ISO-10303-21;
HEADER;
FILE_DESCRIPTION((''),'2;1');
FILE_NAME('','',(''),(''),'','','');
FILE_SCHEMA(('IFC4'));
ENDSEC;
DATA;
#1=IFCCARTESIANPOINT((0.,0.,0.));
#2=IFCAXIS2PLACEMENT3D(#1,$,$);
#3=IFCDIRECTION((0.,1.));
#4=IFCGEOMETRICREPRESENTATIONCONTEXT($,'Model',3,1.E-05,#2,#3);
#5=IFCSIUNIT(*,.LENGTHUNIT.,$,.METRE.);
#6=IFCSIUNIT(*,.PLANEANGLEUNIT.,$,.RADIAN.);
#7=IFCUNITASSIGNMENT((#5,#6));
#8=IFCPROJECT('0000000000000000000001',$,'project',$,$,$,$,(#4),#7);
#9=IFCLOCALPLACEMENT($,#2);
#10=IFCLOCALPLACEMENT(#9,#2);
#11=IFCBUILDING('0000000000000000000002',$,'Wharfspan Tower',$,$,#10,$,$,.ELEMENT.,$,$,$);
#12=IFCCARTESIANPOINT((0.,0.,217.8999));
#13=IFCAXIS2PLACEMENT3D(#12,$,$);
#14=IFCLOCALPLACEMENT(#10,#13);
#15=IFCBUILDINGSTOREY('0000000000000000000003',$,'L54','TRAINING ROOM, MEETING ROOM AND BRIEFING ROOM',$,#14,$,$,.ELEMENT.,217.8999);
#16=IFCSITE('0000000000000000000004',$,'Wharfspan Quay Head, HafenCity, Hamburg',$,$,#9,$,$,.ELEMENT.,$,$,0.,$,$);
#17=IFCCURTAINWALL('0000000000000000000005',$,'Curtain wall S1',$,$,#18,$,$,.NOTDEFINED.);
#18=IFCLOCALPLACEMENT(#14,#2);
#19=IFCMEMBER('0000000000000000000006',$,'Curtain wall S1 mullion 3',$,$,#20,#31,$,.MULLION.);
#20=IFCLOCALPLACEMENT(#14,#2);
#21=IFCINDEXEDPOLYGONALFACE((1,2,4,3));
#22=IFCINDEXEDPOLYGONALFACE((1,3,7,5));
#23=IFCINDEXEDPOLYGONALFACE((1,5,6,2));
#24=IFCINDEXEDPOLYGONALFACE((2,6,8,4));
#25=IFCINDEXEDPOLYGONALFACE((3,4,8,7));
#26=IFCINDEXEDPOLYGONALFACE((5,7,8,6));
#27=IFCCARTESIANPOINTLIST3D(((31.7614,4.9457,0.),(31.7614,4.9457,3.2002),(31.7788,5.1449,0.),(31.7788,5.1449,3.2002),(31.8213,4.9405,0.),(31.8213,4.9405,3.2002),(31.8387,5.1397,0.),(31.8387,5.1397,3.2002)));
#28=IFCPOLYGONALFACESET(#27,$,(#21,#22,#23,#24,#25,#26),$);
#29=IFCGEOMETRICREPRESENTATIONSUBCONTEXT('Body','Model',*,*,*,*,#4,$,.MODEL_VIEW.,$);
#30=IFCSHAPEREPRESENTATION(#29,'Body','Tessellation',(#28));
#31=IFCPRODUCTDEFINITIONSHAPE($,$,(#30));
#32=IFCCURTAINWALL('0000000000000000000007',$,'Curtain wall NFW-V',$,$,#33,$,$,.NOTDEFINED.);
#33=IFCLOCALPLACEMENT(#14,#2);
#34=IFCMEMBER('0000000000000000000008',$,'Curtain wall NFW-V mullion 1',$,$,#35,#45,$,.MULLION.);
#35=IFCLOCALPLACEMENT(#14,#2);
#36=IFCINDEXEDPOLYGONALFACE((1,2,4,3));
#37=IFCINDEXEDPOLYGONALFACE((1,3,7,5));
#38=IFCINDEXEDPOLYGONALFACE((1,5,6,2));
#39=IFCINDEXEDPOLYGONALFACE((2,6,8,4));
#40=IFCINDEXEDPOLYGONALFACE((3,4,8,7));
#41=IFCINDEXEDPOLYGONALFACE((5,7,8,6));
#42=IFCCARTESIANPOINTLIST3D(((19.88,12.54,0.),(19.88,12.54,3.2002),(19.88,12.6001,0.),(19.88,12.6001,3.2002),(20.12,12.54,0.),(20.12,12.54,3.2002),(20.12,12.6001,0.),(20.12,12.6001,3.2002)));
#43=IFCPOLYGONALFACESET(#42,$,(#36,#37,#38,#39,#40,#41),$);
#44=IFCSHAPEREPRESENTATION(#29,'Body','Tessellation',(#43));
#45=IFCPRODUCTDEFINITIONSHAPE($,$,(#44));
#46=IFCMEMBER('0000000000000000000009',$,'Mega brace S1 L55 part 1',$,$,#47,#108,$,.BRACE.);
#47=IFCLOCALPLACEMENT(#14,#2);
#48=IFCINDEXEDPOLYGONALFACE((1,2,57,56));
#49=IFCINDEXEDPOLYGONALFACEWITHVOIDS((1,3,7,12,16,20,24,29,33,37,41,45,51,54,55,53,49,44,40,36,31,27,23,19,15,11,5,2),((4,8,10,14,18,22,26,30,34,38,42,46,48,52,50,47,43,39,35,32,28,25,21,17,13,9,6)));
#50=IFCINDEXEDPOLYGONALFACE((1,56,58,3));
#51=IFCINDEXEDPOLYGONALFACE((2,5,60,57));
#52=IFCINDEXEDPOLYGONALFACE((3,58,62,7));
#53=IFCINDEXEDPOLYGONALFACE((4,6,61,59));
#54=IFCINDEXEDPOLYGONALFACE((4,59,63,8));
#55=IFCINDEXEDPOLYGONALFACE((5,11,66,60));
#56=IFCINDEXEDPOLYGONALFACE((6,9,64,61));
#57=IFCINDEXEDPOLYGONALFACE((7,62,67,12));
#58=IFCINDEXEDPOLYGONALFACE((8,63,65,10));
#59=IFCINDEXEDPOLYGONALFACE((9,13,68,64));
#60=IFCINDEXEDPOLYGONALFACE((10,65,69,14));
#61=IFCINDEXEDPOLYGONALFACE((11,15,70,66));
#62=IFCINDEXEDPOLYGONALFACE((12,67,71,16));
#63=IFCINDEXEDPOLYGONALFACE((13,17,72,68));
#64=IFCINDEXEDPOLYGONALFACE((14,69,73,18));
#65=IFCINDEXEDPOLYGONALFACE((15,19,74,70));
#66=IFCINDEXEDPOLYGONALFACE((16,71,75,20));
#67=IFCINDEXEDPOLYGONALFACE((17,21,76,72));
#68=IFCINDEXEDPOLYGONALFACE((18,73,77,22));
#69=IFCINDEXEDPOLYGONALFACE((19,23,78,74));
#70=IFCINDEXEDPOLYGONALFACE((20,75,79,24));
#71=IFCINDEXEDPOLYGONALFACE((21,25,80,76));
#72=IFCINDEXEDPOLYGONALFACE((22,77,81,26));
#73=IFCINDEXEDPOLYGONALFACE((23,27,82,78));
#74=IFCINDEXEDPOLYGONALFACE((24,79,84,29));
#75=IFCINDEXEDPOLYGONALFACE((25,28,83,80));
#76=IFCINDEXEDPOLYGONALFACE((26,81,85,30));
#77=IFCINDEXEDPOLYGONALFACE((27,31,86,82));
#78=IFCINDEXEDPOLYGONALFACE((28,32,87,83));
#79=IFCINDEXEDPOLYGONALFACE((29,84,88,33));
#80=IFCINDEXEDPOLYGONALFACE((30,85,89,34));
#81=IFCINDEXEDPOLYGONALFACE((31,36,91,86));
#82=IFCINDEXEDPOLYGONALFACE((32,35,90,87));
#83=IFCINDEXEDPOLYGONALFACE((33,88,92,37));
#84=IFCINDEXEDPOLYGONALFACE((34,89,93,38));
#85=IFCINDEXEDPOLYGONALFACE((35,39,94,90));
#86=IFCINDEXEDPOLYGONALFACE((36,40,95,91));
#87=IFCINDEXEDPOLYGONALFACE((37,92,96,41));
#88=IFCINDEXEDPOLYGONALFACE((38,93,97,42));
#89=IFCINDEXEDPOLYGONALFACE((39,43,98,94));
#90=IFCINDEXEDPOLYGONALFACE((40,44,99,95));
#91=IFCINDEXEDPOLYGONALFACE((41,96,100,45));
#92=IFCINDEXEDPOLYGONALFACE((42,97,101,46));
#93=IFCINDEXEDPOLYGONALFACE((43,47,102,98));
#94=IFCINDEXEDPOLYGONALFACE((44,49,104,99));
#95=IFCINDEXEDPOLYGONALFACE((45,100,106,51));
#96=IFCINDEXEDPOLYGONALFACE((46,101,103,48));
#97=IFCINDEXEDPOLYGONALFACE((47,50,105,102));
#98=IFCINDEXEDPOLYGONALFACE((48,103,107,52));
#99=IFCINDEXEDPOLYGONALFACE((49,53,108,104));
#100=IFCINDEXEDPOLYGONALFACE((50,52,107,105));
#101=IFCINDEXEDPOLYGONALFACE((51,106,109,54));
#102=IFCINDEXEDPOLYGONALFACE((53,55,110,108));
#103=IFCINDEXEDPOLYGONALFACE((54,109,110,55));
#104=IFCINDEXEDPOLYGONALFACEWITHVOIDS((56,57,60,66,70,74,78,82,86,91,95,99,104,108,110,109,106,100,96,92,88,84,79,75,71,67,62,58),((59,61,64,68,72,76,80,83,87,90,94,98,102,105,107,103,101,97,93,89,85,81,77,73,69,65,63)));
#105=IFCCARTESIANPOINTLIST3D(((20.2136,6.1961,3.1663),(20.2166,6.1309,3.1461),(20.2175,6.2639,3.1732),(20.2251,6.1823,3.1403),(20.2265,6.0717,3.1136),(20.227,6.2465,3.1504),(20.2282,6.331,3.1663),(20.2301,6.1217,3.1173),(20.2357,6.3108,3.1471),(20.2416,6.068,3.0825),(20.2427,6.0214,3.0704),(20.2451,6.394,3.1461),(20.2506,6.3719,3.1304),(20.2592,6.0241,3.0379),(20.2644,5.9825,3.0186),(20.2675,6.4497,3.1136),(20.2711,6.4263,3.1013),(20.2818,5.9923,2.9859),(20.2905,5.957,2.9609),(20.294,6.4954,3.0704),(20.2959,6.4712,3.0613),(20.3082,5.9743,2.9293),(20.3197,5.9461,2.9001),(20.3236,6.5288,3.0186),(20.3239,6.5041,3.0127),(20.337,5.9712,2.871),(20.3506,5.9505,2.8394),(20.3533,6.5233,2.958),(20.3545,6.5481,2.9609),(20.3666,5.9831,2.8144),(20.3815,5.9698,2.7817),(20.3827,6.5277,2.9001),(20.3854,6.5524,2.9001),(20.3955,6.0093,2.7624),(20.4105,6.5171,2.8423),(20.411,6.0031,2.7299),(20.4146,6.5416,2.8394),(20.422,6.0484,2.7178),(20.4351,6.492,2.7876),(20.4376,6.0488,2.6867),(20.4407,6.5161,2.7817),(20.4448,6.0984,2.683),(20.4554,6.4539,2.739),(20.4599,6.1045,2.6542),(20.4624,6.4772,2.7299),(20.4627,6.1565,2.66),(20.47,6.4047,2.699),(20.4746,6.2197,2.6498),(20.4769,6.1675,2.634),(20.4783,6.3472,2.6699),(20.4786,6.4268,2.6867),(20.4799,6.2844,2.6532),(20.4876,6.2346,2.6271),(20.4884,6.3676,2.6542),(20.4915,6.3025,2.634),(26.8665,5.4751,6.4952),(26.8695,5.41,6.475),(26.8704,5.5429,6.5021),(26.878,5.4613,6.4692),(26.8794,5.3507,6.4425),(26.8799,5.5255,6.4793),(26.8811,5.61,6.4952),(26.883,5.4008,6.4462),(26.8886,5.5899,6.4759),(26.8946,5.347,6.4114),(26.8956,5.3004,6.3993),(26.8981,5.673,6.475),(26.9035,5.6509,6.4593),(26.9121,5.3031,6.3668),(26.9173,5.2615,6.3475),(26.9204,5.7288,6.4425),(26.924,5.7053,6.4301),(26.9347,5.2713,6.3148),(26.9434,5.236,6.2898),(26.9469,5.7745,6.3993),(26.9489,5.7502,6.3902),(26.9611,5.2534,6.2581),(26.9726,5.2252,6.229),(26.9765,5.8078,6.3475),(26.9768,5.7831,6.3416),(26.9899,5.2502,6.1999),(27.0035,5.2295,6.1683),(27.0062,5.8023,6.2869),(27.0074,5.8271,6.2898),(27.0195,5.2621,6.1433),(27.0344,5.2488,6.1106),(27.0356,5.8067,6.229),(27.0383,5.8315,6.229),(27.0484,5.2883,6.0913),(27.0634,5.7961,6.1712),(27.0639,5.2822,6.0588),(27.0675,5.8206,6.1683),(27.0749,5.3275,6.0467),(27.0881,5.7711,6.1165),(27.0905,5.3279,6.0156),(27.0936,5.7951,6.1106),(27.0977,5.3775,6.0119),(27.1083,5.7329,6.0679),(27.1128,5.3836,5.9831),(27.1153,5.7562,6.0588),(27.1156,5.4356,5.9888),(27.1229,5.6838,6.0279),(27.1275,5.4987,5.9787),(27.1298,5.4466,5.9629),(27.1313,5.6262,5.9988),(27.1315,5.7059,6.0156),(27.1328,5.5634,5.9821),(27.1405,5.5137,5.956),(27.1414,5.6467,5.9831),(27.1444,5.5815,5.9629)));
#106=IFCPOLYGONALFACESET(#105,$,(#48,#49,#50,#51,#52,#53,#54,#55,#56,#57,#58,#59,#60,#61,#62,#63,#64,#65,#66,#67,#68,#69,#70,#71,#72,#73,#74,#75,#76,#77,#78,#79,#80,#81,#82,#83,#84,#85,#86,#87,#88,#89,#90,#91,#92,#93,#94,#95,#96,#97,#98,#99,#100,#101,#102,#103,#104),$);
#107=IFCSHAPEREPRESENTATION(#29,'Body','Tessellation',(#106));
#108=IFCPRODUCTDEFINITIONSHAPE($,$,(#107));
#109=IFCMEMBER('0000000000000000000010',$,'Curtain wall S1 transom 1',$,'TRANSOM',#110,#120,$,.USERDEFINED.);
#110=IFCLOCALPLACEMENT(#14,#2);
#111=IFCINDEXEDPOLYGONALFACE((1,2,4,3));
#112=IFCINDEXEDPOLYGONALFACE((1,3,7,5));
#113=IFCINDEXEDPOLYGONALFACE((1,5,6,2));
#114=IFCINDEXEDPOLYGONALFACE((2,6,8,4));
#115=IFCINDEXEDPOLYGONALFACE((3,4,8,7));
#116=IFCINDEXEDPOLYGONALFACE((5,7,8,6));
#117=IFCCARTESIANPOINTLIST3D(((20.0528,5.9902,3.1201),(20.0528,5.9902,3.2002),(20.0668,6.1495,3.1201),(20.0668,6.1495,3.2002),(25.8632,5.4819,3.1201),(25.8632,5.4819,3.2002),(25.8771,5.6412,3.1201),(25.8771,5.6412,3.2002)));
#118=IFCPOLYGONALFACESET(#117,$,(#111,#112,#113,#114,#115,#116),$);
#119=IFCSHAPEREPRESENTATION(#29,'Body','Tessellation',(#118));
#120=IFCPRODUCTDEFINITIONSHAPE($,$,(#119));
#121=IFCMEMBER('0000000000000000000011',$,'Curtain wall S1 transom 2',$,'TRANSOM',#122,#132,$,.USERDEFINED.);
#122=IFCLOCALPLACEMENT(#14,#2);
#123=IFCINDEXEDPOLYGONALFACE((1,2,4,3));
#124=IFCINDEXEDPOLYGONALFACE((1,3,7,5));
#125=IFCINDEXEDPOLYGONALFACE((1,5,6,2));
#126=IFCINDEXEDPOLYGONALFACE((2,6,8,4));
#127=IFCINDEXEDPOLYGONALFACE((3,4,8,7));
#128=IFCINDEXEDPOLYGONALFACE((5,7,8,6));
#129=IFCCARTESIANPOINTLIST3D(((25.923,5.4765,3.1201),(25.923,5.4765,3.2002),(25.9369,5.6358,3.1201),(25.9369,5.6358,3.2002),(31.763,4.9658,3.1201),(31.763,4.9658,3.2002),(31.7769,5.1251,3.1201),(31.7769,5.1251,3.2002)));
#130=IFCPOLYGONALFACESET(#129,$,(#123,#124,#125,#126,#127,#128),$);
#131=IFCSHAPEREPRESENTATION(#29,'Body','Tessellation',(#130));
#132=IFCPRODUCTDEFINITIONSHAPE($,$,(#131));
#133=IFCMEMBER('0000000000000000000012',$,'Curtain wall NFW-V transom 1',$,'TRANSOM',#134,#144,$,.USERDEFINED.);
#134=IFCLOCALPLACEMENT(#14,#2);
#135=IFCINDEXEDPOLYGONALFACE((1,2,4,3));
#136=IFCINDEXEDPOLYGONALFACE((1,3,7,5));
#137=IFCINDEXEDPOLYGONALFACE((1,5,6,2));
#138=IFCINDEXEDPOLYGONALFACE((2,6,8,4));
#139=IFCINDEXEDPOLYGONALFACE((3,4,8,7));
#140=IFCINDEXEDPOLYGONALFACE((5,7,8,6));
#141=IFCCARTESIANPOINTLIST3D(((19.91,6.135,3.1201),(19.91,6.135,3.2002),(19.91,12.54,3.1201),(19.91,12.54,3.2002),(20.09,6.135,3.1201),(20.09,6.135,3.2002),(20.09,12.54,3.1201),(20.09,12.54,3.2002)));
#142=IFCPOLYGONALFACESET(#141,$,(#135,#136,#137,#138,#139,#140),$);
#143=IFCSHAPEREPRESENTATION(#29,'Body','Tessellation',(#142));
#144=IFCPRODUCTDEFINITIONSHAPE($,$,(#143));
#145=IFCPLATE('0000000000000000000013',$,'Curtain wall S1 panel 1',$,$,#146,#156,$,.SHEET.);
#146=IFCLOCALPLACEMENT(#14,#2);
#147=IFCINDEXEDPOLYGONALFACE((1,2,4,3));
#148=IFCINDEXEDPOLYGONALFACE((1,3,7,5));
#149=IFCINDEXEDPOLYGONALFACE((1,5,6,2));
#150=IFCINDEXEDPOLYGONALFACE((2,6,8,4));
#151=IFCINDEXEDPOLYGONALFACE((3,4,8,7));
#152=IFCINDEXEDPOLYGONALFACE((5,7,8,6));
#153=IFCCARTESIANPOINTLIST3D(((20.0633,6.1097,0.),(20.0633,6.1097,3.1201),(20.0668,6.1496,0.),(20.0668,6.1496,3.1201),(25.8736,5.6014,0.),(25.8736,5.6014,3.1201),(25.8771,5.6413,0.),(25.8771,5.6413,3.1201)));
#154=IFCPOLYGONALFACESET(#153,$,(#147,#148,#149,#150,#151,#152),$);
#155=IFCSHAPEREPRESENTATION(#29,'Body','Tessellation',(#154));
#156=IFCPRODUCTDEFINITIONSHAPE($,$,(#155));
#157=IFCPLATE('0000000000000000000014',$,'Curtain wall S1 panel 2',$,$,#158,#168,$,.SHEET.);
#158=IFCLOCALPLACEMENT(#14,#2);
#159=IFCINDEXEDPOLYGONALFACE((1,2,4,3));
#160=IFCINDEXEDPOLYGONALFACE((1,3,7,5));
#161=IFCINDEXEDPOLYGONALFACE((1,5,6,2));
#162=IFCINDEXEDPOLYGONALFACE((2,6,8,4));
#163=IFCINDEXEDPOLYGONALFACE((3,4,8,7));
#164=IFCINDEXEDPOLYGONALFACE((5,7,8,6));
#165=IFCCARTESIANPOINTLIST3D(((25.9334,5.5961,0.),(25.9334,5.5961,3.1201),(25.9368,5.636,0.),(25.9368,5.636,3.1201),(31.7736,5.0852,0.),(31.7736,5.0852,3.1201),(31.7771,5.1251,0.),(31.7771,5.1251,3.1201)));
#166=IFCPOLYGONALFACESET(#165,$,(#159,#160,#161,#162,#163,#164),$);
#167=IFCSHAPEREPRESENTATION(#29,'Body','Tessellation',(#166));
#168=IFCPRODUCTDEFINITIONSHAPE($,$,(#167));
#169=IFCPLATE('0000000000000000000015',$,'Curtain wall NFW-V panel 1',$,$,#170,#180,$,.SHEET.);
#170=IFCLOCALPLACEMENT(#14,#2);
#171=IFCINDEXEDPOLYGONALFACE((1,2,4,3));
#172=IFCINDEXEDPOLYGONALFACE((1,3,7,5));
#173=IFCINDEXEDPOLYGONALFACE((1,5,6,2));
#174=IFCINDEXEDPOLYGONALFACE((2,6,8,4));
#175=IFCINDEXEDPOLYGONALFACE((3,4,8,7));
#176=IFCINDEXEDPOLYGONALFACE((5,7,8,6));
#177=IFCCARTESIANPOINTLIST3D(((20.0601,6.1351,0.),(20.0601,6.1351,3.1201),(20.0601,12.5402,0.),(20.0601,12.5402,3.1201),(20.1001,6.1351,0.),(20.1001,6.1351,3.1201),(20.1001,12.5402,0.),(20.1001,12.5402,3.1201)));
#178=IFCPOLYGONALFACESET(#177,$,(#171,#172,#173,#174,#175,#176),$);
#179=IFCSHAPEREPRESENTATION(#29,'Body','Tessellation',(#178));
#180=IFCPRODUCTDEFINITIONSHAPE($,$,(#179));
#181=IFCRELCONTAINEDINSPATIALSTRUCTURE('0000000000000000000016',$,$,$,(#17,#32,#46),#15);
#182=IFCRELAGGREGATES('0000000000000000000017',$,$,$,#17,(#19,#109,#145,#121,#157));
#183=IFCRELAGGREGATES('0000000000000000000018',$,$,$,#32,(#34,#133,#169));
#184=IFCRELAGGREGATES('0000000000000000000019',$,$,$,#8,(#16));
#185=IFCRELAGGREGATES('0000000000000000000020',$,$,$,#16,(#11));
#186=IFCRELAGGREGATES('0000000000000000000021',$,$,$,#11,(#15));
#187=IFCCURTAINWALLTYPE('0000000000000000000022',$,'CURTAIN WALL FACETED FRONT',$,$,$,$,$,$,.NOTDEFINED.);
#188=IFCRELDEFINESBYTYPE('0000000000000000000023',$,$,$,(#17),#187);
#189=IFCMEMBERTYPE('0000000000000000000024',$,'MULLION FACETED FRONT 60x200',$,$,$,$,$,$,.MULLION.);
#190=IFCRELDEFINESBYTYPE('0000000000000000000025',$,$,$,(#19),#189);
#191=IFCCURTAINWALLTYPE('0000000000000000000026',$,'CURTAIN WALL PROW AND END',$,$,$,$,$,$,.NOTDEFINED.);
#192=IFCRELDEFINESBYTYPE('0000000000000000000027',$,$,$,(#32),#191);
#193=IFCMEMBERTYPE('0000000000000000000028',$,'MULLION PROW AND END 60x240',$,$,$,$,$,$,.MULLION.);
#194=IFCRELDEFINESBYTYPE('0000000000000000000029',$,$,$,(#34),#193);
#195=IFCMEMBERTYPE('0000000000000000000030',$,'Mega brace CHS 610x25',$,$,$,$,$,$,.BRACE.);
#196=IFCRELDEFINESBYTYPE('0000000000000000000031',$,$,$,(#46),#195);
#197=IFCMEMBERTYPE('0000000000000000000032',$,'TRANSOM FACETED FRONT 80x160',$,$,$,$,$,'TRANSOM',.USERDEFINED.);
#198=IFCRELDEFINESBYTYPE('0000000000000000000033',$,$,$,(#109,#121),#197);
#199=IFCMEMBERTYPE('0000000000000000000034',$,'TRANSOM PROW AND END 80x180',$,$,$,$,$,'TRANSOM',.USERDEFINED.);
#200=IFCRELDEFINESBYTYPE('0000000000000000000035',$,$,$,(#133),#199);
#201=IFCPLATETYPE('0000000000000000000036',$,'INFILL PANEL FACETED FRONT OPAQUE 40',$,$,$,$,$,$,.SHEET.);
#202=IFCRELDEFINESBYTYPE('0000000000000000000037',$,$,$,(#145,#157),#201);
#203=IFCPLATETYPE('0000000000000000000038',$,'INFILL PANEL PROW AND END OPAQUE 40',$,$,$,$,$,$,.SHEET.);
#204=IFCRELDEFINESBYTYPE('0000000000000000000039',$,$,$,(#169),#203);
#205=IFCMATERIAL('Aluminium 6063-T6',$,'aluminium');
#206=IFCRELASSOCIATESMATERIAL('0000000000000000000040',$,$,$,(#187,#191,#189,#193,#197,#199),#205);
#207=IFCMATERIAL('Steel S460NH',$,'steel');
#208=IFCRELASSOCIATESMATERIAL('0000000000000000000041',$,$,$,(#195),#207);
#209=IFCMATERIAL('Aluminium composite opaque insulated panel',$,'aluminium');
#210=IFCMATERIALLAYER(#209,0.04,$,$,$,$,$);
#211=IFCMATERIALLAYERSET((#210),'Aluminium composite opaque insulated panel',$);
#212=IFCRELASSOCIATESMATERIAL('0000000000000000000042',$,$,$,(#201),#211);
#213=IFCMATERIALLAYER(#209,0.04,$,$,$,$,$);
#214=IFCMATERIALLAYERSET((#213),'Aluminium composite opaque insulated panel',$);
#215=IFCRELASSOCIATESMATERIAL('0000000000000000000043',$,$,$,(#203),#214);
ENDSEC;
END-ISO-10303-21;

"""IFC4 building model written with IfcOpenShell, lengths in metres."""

from ifc_helpers import new_model, si_unit, direction, frame, origin, origin_2d, place, context, subcontext, project, spatial, rectangle, hollow_circle, extrude, material, layer, layer_set, material_profile, profile_set, type_object, element, aggregate, save


model = new_model("IFC4")

# Units and contexts
model_context = context("Model", 3, precision=1e-05, world=origin(), true_north=direction((0.0, 1.0)))
body_context = subcontext(model_context, "Body", "Model", "MODEL_VIEW")
ifc_project = project(units=[si_unit("LENGTHUNIT", "METRE"), si_unit("PLANEANGLEUNIT", "RADIAN")], contexts=[model_context])

# Site, building, storey
site_placement = place(None, origin())
site = spatial("IfcSite", under=ifc_project, at=site_placement, Name="Wharfspan Quay Head, HafenCity, Hamburg", CompositionType="ELEMENT", RefElevation=0.0)
building_placement = place(site_placement, origin())
building = spatial("IfcBuilding", under=site, at=building_placement, Name="Wharfspan Tower", CompositionType="ELEMENT")
storey_placement = place(building_placement, frame((0.0, 0.0, 217.8999)))
storey = spatial("IfcBuildingStorey", under=building, at=storey_placement, Name="L54", Description="TRAINING ROOM, MEETING ROOM AND BRIEFING ROOM", CompositionType="ELEMENT", Elevation=217.8999)

# Curtain wall, member
ifc_material_1 = material(Name="Aluminium 6063-T6", Category="aluminium")
curtain_wall_type_1 = type_object("IfcCurtainWallType", Name="CURTAIN WALL FACETED FRONT", PredefinedType="NOTDEFINED", material=ifc_material_1)
curtain_wall_1_placement = place(storey_placement, origin())
curtain_wall_1 = element("IfcCurtainWall", 1, at=curtain_wall_1_placement, inside=storey, type_object=curtain_wall_type_1, Name="Curtain wall S1", PredefinedType="NOTDEFINED")
ifc_material_profile_1 = material_profile(ifc_material_1, rectangle(XDim=0.2, YDim=0.0601, at=origin_2d()))
ifc_profile_set_1 = profile_set([ifc_material_profile_1], Name="Aluminium 6063-T6")
member_type_1 = type_object("IfcMemberType", Name="MULLION FACETED FRONT 60x200", PredefinedType="MULLION", material=ifc_profile_set_1)
member_1_placement = place(storey_placement, frame((31.8, 5.0427, 0.0), z_axis=(0.0, 0.0, 1.0), x_axis=(0.087156, 0.996197, 0.0)))
member_1 = element("IfcMember", 2, at=member_1_placement, type_object=member_type_1, Name="Curtain wall S1 mullion 3", PredefinedType="MULLION", context=body_context, shape_type="SweptSolid", body=[
    extrude(rectangle(XDim=0.2, YDim=0.0601, at=origin_2d()), origin(), (0.0, 0.0, 1.0), 3.2002),
])

# Curtain wall, member
curtain_wall_type_2 = type_object("IfcCurtainWallType", Name="CURTAIN WALL PROW AND END", PredefinedType="NOTDEFINED", material=ifc_material_1)
curtain_wall_2_placement = place(storey_placement, origin())
curtain_wall_2 = element("IfcCurtainWall", 3, at=curtain_wall_2_placement, inside=storey, type_object=curtain_wall_type_2, Name="Curtain wall NFW-V", PredefinedType="NOTDEFINED")
ifc_material_profile_2 = material_profile(ifc_material_1, rectangle(XDim=0.24, YDim=0.0601, at=origin_2d()))
ifc_profile_set_2 = profile_set([ifc_material_profile_2], Name="Aluminium 6063-T6")
member_type_2 = type_object("IfcMemberType", Name="MULLION PROW AND END 60x240", PredefinedType="MULLION", material=ifc_profile_set_2)
member_2_placement = place(storey_placement, frame((20.0, 12.5701, 0.0), z_axis=(0.0, 0.0, 1.0), x_axis=(1.0, 0.0, 0.0)))
member_2 = element("IfcMember", 4, at=member_2_placement, type_object=member_type_2, Name="Curtain wall NFW-V mullion 1", PredefinedType="MULLION", context=body_context, shape_type="SweptSolid", body=[
    extrude(rectangle(XDim=0.24, YDim=0.0601, at=origin_2d()), origin(), (0.0, 0.0, 1.0), 3.2002),
])

# Members
ifc_material_2 = material(Name="Steel S460NH", Category="steel")
ifc_material_profile_3 = material_profile(ifc_material_2, hollow_circle(Radius=0.3049, WallThickness=0.0249, at=origin_2d()))
ifc_profile_set_3 = profile_set([ifc_material_profile_3], Name="Steel S460NH")
member_type_3 = type_object("IfcMemberType", Name="Mega brace CHS 610x25", PredefinedType="BRACE", material=ifc_profile_set_3)
member_3_placement = place(storey_placement, frame((20.3525, 6.2493, 2.9001), z_axis=(0.890126, -0.09646, 0.445389), x_axis=(0.107737, 0.99418, -0.000002)))
element("IfcMember", 5, at=member_3_placement, inside=storey, type_object=member_type_3, Name="Mega brace S1 L55 part 1", PredefinedType="BRACE", context=body_context, shape_type="SweptSolid", body=[
    extrude(hollow_circle(Radius=0.3049, WallThickness=0.0249, at=origin_2d()), origin(), (0.0, 0.0, 1.0), 7.4741),
])
ifc_material_profile_4 = material_profile(ifc_material_1, rectangle(XDim=0.1599, YDim=0.0801, at=origin_2d()))
ifc_profile_set_4 = profile_set([ifc_material_profile_4], Name="Aluminium 6063-T6")
member_type_4 = type_object("IfcMemberType", Name="TRANSOM FACETED FRONT 80x160", ElementType="TRANSOM", PredefinedType="USERDEFINED", material=ifc_profile_set_4)
member_4_placement = place(storey_placement, frame((20.0598, 6.0698, 3.1602), z_axis=(0.996195, -0.08715, 0.0), x_axis=(0.08715, 0.996195, 0.0)))
member_4 = element("IfcMember", 6, at=member_4_placement, type_object=member_type_4, Name="Curtain wall S1 transom 1", ObjectType="TRANSOM", PredefinedType="USERDEFINED", context=body_context, shape_type="SweptSolid", body=[
    extrude(rectangle(XDim=0.1599, YDim=0.0801, at=origin_2d()), origin(), (0.0, 0.0, 1.0), 5.8325),
])
member_5_placement = place(storey_placement, frame((25.9299, 5.5562, 3.1602), z_axis=(0.996198, -0.087122, 0.0), x_axis=(0.087122, 0.996198, 0.0)))
member_5 = element("IfcMember", 7, at=member_5_placement, type_object=member_type_4, Name="Curtain wall S1 transom 2", ObjectType="TRANSOM", PredefinedType="USERDEFINED", context=body_context, shape_type="SweptSolid", body=[
    extrude(rectangle(XDim=0.1599, YDim=0.0801, at=origin_2d()), origin(), (0.0, 0.0, 1.0), 5.8623),
])
ifc_material_profile_5 = material_profile(ifc_material_1, rectangle(XDim=0.1799, YDim=0.0801, at=origin_2d()))
ifc_profile_set_5 = profile_set([ifc_material_profile_5], Name="Aluminium 6063-T6")
member_type_5 = type_object("IfcMemberType", Name="TRANSOM PROW AND END 80x180", ElementType="TRANSOM", PredefinedType="USERDEFINED", material=ifc_profile_set_5)
member_6_placement = place(storey_placement, frame((20.0, 12.54, 3.1602), z_axis=(0.0, -1.0, 0.0), x_axis=(1.0, 0.0, 0.0)))
member_6 = element("IfcMember", 8, at=member_6_placement, type_object=member_type_5, Name="Curtain wall NFW-V transom 1", ObjectType="TRANSOM", PredefinedType="USERDEFINED", context=body_context, shape_type="SweptSolid", body=[
    extrude(rectangle(XDim=0.1799, YDim=0.0801, at=origin_2d()), origin(), (0.0, 0.0, 1.0), 6.405),
])

# Plates
ifc_material_3 = material(Name="Aluminium composite opaque insulated panel", Category="aluminium")
ifc_layer_1 = layer(ifc_material_3, 0.04)
ifc_layer_set_1 = layer_set([ifc_layer_1], Name="Aluminium composite opaque insulated panel")
plate_type_1 = type_object("IfcPlateType", Name="INFILL PANEL FACETED FRONT OPAQUE 40", PredefinedType="SHEET", material=ifc_layer_set_1)
plate_1_placement = place(storey_placement, frame((22.9702, 5.8755, 0.0), z_axis=(0.0, 0.0, 1.0), x_axis=(0.996197, -0.087156, 0.0)))
plate_1 = element("IfcPlate", 9, at=plate_1_placement, type_object=plate_type_1, Name="Curtain wall S1 panel 1", PredefinedType="SHEET", context=body_context, shape_type="SweptSolid", body=[
    extrude(rectangle(XDim=5.8325, YDim=0.04, at=origin_2d()), origin(), (0.0, 0.0, 1.0), 3.1201),
])
plate_2_placement = place(storey_placement, frame((28.8552, 5.3606, 0.0), z_axis=(0.0, 0.0, 1.0), x_axis=(0.996197, -0.087156, 0.0)))
plate_2 = element("IfcPlate", 10, at=plate_2_placement, type_object=plate_type_1, Name="Curtain wall S1 panel 2", PredefinedType="SHEET", context=body_context, shape_type="SweptSolid", body=[
    extrude(rectangle(XDim=5.8625, YDim=0.04, at=origin_2d()), origin(), (0.0, 0.0, 1.0), 3.1201),
])
aggregate(curtain_wall_1, [member_1, member_4, plate_1, member_5, plate_2])
ifc_layer_2 = layer(ifc_material_3, 0.04)
ifc_layer_set_2 = layer_set([ifc_layer_2], Name="Aluminium composite opaque insulated panel")
plate_type_2 = type_object("IfcPlateType", Name="INFILL PANEL PROW AND END OPAQUE 40", PredefinedType="SHEET", material=ifc_layer_set_2)
plate_3_placement = place(storey_placement, frame((20.0801, 9.3376, 0.0), z_axis=(0.0, 0.0, 1.0), x_axis=(0.0, -1.0, 0.0)))
plate_3 = element("IfcPlate", 11, at=plate_3_placement, type_object=plate_type_2, Name="Curtain wall NFW-V panel 1", PredefinedType="SHEET", context=body_context, shape_type="SweptSolid", body=[
    extrude(rectangle(XDim=6.405, YDim=0.04, at=origin_2d()), origin(), (0.0, 0.0, 1.0), 3.1201),
])
aggregate(curtain_wall_2, [member_2, member_6, plate_3])

save(model, "model.ifc")
